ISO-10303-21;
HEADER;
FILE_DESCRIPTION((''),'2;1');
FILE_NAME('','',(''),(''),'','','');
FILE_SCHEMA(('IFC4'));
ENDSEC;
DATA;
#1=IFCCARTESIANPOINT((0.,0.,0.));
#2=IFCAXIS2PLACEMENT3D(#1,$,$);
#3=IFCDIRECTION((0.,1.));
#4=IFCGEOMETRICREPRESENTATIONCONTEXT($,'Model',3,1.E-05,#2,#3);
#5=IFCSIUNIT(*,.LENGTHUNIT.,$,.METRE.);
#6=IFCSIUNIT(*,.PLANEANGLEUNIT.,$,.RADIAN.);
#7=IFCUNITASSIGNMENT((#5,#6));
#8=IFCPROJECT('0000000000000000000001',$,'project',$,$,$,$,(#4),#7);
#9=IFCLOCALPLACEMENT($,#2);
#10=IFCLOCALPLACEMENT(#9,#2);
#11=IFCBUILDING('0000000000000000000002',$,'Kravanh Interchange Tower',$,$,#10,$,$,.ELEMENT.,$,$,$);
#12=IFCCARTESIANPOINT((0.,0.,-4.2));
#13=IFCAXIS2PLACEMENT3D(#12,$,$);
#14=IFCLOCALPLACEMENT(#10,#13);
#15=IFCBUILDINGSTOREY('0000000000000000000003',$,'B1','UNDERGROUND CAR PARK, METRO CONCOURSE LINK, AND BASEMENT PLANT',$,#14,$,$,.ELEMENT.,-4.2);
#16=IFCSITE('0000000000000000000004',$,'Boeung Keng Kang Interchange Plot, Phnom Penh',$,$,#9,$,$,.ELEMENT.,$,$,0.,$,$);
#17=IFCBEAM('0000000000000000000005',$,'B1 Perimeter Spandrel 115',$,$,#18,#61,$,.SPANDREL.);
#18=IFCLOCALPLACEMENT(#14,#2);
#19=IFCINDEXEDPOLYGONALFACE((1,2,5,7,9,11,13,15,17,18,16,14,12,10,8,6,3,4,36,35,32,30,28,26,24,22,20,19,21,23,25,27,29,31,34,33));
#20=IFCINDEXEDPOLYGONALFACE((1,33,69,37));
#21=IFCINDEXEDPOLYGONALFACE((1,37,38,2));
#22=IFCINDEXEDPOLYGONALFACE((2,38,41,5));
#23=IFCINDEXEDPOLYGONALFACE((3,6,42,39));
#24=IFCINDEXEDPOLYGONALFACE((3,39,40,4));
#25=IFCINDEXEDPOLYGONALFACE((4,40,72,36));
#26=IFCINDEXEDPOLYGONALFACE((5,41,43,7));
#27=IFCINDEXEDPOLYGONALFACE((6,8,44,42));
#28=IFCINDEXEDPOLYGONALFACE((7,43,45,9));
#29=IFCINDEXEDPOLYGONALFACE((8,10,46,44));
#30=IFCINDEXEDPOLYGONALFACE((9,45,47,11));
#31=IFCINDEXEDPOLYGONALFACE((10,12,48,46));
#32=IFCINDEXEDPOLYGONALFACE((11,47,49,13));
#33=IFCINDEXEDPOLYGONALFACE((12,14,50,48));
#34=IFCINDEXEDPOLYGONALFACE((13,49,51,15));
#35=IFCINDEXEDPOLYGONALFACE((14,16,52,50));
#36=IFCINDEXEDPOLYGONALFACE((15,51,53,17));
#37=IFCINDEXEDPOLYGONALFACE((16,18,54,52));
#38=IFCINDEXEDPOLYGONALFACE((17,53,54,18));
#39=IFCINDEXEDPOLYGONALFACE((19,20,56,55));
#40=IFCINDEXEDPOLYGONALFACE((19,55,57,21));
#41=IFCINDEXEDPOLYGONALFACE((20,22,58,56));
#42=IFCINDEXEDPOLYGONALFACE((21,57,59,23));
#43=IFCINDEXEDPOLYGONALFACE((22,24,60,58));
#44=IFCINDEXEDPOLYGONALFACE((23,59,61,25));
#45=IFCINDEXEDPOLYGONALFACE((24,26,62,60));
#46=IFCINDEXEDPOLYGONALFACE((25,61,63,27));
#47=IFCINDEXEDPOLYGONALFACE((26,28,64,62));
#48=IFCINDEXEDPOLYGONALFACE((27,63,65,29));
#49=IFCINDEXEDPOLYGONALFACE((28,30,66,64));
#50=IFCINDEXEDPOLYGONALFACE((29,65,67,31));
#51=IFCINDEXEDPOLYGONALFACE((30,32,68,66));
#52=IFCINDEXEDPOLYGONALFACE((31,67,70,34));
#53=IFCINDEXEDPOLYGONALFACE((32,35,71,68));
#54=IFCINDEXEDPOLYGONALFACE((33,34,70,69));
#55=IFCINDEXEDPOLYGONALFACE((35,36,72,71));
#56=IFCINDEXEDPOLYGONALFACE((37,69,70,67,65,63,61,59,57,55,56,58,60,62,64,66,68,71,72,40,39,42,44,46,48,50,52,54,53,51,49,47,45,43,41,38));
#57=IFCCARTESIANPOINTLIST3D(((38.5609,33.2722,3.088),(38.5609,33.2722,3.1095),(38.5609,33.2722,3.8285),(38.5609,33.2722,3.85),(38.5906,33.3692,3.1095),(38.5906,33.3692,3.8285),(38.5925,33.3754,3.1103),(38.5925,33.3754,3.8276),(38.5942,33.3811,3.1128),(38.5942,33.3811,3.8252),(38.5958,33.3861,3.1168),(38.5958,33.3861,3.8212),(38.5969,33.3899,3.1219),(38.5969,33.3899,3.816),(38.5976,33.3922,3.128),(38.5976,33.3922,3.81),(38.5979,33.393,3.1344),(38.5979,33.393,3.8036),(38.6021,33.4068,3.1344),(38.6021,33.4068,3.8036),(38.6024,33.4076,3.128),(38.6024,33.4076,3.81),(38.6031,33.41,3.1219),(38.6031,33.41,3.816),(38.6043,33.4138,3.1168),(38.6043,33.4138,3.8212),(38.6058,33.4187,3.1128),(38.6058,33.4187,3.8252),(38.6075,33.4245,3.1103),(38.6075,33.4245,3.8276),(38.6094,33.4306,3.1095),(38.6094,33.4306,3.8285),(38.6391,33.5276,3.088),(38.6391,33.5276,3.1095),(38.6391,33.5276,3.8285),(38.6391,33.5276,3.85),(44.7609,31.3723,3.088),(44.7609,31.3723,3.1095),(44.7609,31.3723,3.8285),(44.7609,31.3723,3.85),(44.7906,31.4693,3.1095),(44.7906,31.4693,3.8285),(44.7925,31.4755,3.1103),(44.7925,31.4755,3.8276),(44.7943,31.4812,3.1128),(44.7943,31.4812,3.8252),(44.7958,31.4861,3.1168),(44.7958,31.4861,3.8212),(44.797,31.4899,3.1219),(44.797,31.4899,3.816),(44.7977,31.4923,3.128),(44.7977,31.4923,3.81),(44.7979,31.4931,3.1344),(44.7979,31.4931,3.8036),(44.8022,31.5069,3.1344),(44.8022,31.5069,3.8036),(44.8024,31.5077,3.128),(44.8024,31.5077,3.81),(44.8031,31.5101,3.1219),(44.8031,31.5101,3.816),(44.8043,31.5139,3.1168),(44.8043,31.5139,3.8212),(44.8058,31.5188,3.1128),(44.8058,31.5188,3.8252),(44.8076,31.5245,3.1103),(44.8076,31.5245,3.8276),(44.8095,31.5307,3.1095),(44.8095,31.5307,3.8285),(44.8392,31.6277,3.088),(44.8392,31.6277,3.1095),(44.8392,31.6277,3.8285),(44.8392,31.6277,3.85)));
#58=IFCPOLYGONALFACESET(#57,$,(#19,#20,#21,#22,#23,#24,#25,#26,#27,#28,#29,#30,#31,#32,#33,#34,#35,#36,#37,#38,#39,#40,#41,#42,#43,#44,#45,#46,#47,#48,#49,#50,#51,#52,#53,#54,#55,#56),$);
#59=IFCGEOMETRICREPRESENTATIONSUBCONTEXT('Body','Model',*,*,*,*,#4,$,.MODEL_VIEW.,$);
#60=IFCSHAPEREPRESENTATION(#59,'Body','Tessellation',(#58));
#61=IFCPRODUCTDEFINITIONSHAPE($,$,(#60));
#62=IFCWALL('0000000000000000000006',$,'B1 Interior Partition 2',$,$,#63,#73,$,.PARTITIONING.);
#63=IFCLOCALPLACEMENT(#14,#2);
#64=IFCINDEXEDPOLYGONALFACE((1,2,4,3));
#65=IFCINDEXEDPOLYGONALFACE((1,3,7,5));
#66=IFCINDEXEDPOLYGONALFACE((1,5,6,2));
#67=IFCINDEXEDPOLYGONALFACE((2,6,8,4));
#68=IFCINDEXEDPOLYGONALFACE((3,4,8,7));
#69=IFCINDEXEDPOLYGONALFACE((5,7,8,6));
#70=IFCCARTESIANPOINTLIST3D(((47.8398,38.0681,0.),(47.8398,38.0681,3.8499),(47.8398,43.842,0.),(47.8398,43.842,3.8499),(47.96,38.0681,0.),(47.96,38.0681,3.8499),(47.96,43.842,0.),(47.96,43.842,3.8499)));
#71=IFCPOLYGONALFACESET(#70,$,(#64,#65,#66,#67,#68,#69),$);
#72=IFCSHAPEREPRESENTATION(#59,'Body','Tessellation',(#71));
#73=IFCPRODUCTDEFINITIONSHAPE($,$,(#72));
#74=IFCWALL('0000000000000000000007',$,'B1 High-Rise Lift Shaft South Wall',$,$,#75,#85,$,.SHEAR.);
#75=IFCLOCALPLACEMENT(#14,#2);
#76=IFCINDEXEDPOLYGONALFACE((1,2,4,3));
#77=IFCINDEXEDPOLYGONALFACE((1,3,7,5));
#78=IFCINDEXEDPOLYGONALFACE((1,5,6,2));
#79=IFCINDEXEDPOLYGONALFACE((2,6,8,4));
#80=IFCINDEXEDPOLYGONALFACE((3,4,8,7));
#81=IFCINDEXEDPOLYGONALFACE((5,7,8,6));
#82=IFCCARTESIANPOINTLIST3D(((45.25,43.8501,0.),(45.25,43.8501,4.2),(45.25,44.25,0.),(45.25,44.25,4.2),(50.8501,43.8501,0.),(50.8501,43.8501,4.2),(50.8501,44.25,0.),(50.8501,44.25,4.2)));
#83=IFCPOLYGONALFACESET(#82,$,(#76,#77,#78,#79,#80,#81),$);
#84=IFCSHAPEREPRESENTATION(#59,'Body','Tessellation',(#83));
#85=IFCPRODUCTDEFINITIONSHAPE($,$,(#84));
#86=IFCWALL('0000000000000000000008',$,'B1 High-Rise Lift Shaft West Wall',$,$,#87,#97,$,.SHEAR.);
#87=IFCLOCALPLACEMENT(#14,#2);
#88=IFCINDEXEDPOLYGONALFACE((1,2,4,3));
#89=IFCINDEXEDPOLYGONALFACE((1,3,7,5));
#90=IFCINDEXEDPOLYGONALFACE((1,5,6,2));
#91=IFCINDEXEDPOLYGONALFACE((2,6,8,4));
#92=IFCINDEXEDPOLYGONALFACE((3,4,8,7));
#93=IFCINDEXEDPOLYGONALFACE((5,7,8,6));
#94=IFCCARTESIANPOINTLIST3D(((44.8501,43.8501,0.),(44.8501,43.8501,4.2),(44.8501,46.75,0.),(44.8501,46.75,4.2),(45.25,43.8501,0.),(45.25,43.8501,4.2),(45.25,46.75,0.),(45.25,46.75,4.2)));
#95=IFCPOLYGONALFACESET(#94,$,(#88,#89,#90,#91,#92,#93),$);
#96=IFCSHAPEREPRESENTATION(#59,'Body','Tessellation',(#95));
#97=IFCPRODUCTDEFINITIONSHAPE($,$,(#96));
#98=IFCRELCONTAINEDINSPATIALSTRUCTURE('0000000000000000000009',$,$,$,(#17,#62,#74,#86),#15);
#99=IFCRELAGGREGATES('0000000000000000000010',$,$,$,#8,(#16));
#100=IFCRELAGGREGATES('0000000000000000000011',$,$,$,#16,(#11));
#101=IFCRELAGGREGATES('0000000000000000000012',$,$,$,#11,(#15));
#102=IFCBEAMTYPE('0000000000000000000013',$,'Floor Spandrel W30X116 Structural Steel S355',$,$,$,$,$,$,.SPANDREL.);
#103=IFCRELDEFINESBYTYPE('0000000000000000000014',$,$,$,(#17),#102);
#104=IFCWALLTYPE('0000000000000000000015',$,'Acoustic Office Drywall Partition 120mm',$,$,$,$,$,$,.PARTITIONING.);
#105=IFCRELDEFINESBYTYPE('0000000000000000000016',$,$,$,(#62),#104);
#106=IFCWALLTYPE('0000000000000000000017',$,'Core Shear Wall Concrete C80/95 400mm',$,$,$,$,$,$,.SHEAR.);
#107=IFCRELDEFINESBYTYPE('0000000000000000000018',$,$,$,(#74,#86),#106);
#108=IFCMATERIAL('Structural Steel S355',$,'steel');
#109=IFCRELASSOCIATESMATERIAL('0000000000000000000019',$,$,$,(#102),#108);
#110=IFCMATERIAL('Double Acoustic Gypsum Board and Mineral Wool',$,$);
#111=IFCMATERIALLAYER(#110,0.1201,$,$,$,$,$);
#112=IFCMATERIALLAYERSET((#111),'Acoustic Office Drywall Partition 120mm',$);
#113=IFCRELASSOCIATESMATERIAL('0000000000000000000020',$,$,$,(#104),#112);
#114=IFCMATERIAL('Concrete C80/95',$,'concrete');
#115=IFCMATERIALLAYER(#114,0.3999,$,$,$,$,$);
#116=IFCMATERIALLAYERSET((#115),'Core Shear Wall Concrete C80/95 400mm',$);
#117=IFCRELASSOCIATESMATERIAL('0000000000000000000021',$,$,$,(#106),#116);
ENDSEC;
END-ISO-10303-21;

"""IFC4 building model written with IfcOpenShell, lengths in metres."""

from ifc_helpers import new_model, si_unit, direction, frame, frame_2d, origin, origin_2d, place, context, subcontext, project, spatial, rectangle, i_section, extrude, material, layer, layer_set, material_profile, profile_set, type_object, element, save


model = new_model("IFC4")

# Units and contexts
model_context = context("Model", 3, precision=1e-05, world=origin(), true_north=direction((0.0, 1.0)))
body_context = subcontext(model_context, "Body", "Model", "MODEL_VIEW")
ifc_project = project(units=[si_unit("LENGTHUNIT", "METRE"), si_unit("PLANEANGLEUNIT", "RADIAN")], contexts=[model_context])

# Site, building, storey
site_placement = place(None, origin())
site = spatial("IfcSite", under=ifc_project, at=site_placement, Name="Boeung Keng Kang Interchange Plot, Phnom Penh", CompositionType="ELEMENT", RefElevation=0.0)
building_placement = place(site_placement, origin())
building = spatial("IfcBuilding", under=site, at=building_placement, Name="Kravanh Interchange Tower", CompositionType="ELEMENT")
storey_placement = place(building_placement, frame((0.0, 0.0, -4.2)))
storey = spatial("IfcBuildingStorey", under=building, at=storey_placement, Name="B1", Description="UNDERGROUND CAR PARK, METRO CONCOURSE LINK, AND BASEMENT PLANT", CompositionType="ELEMENT", Elevation=-4.2)

# Beam
ifc_material_1 = material(Name="Structural Steel S355", Category="steel")
ifc_material_profile_1 = material_profile(ifc_material_1, i_section(OverallWidth=0.2671, OverallDepth=0.762, WebThickness=0.0144, FlangeThickness=0.0215, FilletRadius=0.0249, at=origin_2d()), Name="W30X116")
ifc_profile_set_1 = profile_set([ifc_material_profile_1], Name="Structural Steel S355")
beam_type_1 = type_object("IfcBeamType", Name="Floor Spandrel W30X116 Structural Steel S355", PredefinedType="SPANDREL", material=ifc_profile_set_1)
beam_1_placement = place(storey_placement, frame((44.8, 31.5, 3.469), z_axis=(-0.956115, 0.29299, 0.0), x_axis=(-0.29299, -0.956115, 0.0)))
element("IfcBeam", 1, at=beam_1_placement, inside=storey, type_object=beam_type_1, Name="B1 Perimeter Spandrel 115", PredefinedType="SPANDREL", context=body_context, shape_type="SweptSolid", body=[
    extrude(i_section(OverallWidth=0.2671, OverallDepth=0.762, WebThickness=0.0144, FlangeThickness=0.0215, FilletRadius=0.0249, at=origin_2d()), origin(), (0.0, 0.0, 1.0), 6.4846),
])

# Walls
ifc_material_2 = material(Name="Double Acoustic Gypsum Board and Mineral Wool")
ifc_layer_1 = layer(ifc_material_2, 0.1201)
ifc_layer_set_1 = layer_set([ifc_layer_1], Name="Acoustic Office Drywall Partition 120mm")
wall_type_1 = type_object("IfcWallType", Name="Acoustic Office Drywall Partition 120mm", PredefinedType="PARTITIONING", material=ifc_layer_set_1)
wall_1_placement = place(storey_placement, frame((47.8999, 38.0681, 0.0), z_axis=(0.0, 0.0, 1.0), x_axis=(0.0, 1.0, 0.0)))
element("IfcWall", 2, at=wall_1_placement, inside=storey, type_object=wall_type_1, Name="B1 Interior Partition 2", PredefinedType="PARTITIONING", context=body_context, shape_type="SweptSolid", body=[
    extrude(rectangle(XDim=5.7739, YDim=0.1201, at=frame_2d((2.887, 0.0))), origin(), (0.0, 0.0, 1.0), 3.8499),
])
ifc_material_3 = material(Name="Concrete C80/95", Category="concrete")
ifc_layer_2 = layer(ifc_material_3, 0.3999)
ifc_layer_set_2 = layer_set([ifc_layer_2], Name="Core Shear Wall Concrete C80/95 400mm")
wall_type_2 = type_object("IfcWallType", Name="Core Shear Wall Concrete C80/95 400mm", PredefinedType="SHEAR", material=ifc_layer_set_2)
wall_2_placement = place(storey_placement, frame((45.25, 44.05, 0.0), z_axis=(0.0, 0.0, 1.0), x_axis=(1.0, 0.0, 0.0)))
element("IfcWall", 3, at=wall_2_placement, inside=storey, type_object=wall_type_2, Name="B1 High-Rise Lift Shaft South Wall", PredefinedType="SHEAR", context=body_context, shape_type="SweptSolid", body=[
    extrude(rectangle(XDim=5.6001, YDim=0.3999, at=frame_2d((2.8, 0.0))), origin(), (0.0, 0.0, 1.0), 4.2),
])
wall_3_placement = place(storey_placement, frame((45.05, 43.8501, 0.0), z_axis=(0.0, 0.0, 1.0), x_axis=(0.0, 1.0, 0.0)))
element("IfcWall", 4, at=wall_3_placement, inside=storey, type_object=wall_type_2, Name="B1 High-Rise Lift Shaft West Wall", PredefinedType="SHEAR", context=body_context, shape_type="SweptSolid", body=[
    extrude(rectangle(XDim=2.8999, YDim=0.3999, at=frame_2d((1.45, 0.0))), origin(), (0.0, 0.0, 1.0), 4.2),
])

save(model, "model.ifc")
